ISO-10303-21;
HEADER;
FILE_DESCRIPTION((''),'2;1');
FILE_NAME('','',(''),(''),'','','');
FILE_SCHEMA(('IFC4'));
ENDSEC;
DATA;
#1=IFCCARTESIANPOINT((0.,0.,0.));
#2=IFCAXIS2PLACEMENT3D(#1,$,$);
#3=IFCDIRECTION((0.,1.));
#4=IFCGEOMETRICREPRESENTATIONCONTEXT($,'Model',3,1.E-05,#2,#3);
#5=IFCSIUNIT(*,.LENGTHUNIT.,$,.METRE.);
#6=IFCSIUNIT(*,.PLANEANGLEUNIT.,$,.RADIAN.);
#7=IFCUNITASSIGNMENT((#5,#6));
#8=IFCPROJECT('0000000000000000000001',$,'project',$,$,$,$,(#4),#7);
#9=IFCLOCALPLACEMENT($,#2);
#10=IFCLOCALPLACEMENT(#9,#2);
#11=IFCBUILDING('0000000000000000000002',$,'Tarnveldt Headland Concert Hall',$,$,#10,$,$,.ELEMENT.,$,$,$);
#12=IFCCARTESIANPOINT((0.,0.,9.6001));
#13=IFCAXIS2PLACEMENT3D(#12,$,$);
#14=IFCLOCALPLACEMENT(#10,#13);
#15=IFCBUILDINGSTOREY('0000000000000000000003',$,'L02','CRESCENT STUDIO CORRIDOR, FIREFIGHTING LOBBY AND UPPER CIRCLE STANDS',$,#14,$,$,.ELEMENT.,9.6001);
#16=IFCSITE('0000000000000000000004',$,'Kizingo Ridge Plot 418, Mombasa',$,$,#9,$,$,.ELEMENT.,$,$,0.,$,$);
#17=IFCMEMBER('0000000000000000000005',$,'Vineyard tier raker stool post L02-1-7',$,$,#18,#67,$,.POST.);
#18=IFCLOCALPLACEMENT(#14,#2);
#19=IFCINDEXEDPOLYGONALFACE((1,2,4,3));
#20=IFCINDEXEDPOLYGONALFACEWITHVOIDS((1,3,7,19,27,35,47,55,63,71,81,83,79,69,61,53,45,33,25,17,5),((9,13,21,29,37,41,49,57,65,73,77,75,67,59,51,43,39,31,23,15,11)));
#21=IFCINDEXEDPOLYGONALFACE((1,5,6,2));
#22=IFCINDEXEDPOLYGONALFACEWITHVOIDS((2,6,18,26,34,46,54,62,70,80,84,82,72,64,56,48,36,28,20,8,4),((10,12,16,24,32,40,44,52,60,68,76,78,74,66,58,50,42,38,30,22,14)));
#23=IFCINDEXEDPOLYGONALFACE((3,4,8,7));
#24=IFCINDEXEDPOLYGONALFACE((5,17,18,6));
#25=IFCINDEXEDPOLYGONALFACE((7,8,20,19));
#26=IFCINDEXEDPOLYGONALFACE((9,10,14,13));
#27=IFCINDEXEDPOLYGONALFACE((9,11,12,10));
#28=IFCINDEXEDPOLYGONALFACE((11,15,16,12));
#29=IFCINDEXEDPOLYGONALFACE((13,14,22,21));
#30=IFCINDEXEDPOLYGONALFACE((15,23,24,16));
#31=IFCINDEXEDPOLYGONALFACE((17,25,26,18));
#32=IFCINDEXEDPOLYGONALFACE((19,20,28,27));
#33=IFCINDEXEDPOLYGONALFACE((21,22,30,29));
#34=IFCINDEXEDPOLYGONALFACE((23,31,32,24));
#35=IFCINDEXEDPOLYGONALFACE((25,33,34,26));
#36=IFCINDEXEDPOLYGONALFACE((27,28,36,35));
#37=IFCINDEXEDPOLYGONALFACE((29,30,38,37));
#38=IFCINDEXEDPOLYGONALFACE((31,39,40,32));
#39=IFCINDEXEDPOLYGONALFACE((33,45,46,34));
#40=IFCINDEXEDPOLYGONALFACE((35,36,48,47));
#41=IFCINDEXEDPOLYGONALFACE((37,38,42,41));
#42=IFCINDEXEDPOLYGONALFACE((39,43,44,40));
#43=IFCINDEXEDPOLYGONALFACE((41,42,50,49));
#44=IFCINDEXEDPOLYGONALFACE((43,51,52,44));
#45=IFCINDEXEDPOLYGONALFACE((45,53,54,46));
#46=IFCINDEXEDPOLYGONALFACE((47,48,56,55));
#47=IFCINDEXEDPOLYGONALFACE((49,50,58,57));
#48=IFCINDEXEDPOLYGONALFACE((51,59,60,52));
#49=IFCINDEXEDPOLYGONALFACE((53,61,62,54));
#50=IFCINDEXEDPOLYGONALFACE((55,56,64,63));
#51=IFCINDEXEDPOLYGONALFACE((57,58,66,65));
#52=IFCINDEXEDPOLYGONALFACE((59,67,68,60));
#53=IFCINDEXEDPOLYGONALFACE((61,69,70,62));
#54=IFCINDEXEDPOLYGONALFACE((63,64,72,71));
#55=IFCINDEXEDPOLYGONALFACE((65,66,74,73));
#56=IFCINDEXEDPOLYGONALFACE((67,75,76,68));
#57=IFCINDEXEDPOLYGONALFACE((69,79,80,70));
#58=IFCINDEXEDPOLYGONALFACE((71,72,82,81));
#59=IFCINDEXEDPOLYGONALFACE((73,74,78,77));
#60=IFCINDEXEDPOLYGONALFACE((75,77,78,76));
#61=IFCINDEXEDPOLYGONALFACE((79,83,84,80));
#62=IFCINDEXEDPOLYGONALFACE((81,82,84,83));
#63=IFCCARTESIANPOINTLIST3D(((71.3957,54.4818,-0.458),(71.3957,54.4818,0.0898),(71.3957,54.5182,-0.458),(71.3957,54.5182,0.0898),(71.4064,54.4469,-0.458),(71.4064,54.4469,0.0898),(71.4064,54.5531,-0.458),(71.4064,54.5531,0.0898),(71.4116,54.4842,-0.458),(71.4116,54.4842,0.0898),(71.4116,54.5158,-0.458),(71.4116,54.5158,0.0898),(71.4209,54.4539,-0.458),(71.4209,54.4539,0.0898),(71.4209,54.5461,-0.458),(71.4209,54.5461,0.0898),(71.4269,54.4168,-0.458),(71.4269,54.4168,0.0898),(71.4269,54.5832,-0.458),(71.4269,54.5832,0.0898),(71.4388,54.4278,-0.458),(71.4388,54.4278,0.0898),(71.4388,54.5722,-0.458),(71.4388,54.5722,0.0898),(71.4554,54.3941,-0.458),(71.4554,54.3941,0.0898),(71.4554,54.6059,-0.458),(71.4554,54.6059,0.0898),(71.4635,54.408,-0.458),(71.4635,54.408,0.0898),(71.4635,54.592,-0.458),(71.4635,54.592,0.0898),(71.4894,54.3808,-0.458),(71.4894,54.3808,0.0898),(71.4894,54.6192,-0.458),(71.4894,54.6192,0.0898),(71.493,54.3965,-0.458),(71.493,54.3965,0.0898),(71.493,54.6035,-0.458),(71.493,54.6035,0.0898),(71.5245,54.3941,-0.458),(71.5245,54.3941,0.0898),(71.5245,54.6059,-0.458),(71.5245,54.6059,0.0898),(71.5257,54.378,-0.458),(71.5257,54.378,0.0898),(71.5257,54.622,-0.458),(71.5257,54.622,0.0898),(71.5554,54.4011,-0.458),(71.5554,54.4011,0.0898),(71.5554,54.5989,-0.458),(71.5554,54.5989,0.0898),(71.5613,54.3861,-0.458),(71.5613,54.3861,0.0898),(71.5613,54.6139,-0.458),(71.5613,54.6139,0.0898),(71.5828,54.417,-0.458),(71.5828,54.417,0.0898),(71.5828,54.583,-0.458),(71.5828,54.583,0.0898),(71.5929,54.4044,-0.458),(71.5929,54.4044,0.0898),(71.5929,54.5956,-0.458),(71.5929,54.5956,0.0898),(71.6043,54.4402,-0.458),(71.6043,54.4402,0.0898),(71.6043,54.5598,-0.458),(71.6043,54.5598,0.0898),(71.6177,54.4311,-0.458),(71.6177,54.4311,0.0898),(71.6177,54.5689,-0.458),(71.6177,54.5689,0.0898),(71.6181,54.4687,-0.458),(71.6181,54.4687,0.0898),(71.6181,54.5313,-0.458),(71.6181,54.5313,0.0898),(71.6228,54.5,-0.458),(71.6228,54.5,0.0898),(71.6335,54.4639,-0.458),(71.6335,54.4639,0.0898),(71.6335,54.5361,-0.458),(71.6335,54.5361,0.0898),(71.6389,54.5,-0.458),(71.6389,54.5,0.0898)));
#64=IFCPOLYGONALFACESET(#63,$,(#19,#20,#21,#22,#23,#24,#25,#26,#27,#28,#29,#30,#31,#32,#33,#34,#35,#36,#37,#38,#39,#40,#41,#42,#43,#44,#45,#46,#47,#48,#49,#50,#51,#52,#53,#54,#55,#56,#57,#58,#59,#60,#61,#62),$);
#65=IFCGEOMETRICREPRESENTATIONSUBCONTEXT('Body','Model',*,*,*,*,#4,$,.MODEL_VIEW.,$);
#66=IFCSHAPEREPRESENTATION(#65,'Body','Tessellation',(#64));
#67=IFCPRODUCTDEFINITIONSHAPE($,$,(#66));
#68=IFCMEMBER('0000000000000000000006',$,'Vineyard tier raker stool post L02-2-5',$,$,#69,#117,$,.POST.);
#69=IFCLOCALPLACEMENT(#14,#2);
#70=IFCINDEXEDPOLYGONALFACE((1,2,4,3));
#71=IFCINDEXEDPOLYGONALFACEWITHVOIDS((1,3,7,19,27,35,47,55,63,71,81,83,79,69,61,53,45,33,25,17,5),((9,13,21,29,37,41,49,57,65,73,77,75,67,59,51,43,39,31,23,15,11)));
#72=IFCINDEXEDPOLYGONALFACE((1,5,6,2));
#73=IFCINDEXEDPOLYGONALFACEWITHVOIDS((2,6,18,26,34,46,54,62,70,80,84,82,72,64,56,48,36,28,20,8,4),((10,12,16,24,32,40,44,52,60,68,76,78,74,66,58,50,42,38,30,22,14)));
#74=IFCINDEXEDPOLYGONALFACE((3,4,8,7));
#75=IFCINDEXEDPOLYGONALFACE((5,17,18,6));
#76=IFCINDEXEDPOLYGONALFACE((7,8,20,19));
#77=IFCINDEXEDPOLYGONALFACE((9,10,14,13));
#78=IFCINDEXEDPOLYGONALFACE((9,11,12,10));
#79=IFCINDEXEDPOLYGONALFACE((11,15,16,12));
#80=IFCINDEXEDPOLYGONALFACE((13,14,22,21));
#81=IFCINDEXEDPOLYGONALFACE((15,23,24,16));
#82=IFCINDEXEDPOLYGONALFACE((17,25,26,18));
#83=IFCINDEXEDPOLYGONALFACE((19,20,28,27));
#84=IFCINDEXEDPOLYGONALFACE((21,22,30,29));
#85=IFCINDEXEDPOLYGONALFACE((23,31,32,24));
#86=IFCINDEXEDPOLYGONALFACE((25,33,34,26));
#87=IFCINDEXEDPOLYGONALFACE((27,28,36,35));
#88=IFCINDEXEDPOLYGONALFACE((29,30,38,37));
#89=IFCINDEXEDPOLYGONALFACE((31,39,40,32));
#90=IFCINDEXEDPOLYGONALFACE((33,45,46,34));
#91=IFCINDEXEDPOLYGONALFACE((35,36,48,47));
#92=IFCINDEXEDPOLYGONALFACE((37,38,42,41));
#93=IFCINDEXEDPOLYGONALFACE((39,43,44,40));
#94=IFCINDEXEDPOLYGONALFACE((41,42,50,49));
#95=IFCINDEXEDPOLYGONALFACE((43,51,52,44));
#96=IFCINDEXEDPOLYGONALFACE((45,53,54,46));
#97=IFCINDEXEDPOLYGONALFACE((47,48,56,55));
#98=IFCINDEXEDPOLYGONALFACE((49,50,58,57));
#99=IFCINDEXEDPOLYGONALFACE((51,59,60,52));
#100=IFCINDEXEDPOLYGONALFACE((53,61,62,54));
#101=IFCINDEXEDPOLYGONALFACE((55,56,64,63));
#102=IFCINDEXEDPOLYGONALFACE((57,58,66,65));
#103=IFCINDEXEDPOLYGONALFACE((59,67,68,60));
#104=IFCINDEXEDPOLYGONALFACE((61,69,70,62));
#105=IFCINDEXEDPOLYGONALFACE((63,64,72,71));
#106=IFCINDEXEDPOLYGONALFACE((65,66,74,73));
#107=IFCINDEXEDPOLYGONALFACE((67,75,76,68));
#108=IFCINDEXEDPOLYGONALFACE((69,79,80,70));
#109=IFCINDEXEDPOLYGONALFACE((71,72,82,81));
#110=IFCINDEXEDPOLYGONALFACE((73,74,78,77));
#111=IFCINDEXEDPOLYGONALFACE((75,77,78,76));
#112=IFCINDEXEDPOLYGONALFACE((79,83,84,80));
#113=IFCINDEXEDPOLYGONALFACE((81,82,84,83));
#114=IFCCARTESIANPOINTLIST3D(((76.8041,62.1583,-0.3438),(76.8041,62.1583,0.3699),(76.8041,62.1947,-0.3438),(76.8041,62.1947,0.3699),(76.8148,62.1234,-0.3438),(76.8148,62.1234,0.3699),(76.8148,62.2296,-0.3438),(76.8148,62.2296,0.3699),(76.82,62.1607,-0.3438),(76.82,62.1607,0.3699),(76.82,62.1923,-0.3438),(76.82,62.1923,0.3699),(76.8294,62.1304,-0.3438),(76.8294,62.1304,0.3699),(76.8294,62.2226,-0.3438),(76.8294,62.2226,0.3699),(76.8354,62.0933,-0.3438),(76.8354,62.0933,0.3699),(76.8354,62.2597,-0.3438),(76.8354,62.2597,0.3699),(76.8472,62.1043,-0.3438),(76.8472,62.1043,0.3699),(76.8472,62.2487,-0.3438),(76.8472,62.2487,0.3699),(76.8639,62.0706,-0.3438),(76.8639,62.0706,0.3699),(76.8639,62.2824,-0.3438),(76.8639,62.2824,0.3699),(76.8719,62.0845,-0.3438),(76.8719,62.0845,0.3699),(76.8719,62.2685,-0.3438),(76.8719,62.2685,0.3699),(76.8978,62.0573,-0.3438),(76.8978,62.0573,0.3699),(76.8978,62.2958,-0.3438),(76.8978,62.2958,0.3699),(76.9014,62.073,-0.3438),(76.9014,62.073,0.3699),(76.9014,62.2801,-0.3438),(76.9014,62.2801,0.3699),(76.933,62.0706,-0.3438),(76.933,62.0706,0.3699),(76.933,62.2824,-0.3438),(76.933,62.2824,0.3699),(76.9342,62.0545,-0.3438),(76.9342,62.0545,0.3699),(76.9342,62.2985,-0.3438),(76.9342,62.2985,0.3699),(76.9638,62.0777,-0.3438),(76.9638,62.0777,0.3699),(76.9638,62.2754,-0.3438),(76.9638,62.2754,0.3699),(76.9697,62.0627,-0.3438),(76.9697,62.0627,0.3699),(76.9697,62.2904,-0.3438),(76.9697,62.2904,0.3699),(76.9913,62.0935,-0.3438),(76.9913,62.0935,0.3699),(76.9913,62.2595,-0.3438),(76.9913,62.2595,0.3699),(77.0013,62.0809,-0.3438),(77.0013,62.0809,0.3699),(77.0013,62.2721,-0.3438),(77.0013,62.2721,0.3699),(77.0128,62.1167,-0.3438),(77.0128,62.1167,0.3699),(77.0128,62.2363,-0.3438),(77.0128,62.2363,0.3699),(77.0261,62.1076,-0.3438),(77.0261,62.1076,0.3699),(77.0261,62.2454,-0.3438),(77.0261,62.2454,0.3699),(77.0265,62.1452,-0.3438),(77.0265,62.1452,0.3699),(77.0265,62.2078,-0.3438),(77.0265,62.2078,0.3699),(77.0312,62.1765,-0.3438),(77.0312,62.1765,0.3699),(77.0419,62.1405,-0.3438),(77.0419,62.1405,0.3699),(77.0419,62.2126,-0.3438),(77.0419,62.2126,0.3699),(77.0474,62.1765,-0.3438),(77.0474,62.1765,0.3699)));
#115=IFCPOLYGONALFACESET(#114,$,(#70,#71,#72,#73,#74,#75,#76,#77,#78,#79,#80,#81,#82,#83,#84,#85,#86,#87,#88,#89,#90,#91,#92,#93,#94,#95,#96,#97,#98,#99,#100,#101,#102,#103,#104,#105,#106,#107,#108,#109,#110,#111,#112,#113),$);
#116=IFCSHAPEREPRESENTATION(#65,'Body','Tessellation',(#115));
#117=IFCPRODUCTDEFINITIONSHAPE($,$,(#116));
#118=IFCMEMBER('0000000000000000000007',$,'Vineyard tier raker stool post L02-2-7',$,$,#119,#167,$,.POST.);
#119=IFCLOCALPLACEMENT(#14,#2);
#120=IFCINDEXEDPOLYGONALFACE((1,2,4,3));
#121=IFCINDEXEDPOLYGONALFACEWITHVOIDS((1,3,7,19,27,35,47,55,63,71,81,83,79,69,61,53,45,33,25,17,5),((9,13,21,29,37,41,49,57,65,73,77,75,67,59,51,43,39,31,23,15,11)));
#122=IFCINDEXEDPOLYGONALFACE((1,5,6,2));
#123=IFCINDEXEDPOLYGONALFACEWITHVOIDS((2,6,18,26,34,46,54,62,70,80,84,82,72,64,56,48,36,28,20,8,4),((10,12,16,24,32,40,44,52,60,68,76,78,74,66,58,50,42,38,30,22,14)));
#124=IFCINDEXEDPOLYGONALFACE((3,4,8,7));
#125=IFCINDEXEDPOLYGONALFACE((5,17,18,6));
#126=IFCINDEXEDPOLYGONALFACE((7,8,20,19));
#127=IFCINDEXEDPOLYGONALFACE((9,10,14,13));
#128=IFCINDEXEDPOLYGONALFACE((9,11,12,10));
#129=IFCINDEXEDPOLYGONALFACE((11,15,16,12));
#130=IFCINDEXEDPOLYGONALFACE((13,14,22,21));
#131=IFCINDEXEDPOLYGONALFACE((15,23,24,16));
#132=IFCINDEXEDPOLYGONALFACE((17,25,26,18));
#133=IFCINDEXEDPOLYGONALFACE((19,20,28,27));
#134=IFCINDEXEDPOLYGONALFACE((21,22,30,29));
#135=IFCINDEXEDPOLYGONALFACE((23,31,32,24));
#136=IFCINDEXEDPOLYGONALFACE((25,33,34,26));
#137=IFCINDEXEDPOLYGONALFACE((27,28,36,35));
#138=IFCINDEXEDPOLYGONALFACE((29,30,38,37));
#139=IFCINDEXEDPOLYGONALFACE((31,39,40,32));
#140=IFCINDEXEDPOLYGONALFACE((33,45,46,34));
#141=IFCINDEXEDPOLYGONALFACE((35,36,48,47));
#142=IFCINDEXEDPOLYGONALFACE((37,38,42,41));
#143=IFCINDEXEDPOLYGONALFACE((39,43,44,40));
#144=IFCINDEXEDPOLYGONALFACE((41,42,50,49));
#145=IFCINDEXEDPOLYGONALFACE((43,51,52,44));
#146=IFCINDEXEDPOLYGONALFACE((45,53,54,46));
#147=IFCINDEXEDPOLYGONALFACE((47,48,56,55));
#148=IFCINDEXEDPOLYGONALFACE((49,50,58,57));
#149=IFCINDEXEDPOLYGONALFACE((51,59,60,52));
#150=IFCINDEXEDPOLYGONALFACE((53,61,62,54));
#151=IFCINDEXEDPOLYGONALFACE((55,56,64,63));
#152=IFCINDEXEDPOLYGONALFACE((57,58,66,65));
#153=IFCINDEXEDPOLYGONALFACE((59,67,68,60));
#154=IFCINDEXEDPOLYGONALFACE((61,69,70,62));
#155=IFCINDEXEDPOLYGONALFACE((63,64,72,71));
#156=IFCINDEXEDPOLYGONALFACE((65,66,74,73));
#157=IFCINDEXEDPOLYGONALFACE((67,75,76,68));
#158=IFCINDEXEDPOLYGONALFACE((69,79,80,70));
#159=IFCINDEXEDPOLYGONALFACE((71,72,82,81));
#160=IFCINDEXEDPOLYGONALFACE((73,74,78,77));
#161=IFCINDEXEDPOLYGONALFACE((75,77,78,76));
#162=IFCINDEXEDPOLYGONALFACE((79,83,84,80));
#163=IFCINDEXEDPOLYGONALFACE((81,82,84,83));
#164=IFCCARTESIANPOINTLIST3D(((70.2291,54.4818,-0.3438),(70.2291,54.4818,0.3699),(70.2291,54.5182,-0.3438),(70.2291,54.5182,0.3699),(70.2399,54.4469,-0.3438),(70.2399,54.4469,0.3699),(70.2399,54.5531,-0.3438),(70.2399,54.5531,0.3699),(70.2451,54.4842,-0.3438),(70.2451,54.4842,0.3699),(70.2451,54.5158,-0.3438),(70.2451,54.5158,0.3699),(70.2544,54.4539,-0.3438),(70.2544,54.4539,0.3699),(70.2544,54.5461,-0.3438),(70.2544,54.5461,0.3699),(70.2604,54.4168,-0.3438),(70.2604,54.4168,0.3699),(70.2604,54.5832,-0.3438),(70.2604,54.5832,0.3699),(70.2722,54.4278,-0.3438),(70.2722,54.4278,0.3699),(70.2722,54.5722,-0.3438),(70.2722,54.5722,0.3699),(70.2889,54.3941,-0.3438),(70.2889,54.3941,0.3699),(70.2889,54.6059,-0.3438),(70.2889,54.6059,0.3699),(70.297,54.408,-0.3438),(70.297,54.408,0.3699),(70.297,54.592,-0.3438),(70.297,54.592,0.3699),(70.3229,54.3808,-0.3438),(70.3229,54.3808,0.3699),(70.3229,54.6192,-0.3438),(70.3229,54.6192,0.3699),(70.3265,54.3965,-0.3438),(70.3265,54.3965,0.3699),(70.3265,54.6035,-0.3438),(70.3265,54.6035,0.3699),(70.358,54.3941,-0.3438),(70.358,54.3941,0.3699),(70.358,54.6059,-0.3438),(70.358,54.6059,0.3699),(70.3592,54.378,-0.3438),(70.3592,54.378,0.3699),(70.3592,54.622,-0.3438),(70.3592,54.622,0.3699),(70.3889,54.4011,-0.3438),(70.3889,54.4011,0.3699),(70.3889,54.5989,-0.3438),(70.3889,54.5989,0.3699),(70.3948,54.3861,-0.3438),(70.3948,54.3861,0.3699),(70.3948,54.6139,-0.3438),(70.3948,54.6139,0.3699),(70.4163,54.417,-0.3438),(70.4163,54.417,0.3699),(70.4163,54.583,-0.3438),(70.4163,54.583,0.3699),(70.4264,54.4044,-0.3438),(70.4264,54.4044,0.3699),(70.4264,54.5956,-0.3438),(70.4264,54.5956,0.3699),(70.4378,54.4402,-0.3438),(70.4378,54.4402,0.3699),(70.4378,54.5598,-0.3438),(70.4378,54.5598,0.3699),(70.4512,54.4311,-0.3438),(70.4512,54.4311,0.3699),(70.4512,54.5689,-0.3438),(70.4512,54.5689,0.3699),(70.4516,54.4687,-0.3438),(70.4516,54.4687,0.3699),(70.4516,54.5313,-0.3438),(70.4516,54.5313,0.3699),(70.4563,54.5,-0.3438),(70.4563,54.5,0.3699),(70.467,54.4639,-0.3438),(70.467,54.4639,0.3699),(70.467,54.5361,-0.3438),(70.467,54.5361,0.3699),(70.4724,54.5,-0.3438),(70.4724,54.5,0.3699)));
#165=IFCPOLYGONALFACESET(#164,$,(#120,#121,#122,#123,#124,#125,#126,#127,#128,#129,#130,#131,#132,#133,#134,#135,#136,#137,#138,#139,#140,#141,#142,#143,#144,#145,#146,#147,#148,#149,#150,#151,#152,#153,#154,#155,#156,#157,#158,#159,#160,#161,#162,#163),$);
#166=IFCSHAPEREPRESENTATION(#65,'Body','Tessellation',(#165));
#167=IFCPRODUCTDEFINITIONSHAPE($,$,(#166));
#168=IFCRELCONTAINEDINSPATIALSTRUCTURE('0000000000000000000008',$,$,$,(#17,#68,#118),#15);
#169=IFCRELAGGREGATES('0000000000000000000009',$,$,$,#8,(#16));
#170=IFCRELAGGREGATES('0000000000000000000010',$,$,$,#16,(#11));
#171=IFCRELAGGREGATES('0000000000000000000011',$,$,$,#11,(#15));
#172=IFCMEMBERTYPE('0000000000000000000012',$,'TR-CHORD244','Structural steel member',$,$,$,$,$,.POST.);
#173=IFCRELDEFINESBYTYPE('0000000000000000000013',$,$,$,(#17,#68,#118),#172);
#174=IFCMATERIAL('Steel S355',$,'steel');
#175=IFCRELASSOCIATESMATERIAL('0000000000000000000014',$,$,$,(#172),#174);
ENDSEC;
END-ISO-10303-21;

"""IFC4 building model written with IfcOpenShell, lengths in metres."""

from ifc_helpers import new_model, si_unit, direction, frame, origin, origin_2d, place, context, subcontext, project, spatial, hollow_circle, extrude, material, material_profile, profile_set, type_object, element, save


model = new_model("IFC4")

# Units and contexts
model_context = context("Model", 3, precision=1e-05, world=origin(), true_north=direction((0.0, 1.0)))
body_context = subcontext(model_context, "Body", "Model", "MODEL_VIEW")
ifc_project = project(units=[si_unit("LENGTHUNIT", "METRE"), si_unit("PLANEANGLEUNIT", "RADIAN")], contexts=[model_context])

# Site, building, storey
site_placement = place(None, origin())
site = spatial("IfcSite", under=ifc_project, at=site_placement, Name="Kizingo Ridge Plot 418, Mombasa", CompositionType="ELEMENT", RefElevation=0.0)
building_placement = place(site_placement, origin())
building = spatial("IfcBuilding", under=site, at=building_placement, Name="Tarnveldt Headland Concert Hall", CompositionType="ELEMENT")
storey_placement = place(building_placement, frame((0.0, 0.0, 9.6001)))
storey = spatial("IfcBuildingStorey", under=building, at=storey_placement, Name="L02", Description="CRESCENT STUDIO CORRIDOR, FIREFIGHTING LOBBY AND UPPER CIRCLE STANDS", CompositionType="ELEMENT", Elevation=9.6001)

# Shared definitions
ifc_material_1 = material(Name="Steel S355", Category="steel")

# Members
ifc_material_profile_1 = material_profile(ifc_material_1, hollow_circle(Radius=0.1223, WallThickness=0.0161, at=origin_2d()), Name="CHS 244.5x16", Category="steel")
ifc_profile_set_1 = profile_set([ifc_material_profile_1], Name="Steel S355")
member_type = type_object("IfcMemberType", Name="TR-CHORD244", Description="Structural steel member", PredefinedType="POST", material=ifc_profile_set_1)
for number, where, z_axis, x_axis, name in (
    (1, (71.5166, 54.5, -0.458), (0.0, 0.0, 1.0), (1.0, 0.0, 0.0), "Vineyard tier raker stool post L02-1-7"),
):
    element("IfcMember", number, at=place(storey_placement, frame(where, z_axis=z_axis, x_axis=x_axis)), inside=storey, type_object=member_type, Name=name, PredefinedType="POST", context=body_context, shape_type="SweptSolid", body=[
        extrude(hollow_circle(Radius=0.1223, WallThickness=0.0161, at=origin_2d()), origin(), (0.0, 0.0, 1.0), 0.5479),
    ])
for number, where, z_axis, x_axis, name in (
    (2, (76.925, 62.1765, -0.3438), (0.0, 0.0, 1.0), (1.0, 0.0, 0.0), "Vineyard tier raker stool post L02-2-5"),
    (3, (70.3501, 54.5, -0.3438), (0.0, 0.0, 1.0), (1.0, 0.0, 0.0), "Vineyard tier raker stool post L02-2-7"),
):
    element("IfcMember", number, at=place(storey_placement, frame(where, z_axis=z_axis, x_axis=x_axis)), inside=storey, type_object=member_type, Name=name, PredefinedType="POST", context=body_context, shape_type="SweptSolid", body=[
        extrude(hollow_circle(Radius=0.1223, WallThickness=0.0161, at=origin_2d()), origin(), (0.0, 0.0, 1.0), 0.7136),
    ])

save(model, "model.ifc")
